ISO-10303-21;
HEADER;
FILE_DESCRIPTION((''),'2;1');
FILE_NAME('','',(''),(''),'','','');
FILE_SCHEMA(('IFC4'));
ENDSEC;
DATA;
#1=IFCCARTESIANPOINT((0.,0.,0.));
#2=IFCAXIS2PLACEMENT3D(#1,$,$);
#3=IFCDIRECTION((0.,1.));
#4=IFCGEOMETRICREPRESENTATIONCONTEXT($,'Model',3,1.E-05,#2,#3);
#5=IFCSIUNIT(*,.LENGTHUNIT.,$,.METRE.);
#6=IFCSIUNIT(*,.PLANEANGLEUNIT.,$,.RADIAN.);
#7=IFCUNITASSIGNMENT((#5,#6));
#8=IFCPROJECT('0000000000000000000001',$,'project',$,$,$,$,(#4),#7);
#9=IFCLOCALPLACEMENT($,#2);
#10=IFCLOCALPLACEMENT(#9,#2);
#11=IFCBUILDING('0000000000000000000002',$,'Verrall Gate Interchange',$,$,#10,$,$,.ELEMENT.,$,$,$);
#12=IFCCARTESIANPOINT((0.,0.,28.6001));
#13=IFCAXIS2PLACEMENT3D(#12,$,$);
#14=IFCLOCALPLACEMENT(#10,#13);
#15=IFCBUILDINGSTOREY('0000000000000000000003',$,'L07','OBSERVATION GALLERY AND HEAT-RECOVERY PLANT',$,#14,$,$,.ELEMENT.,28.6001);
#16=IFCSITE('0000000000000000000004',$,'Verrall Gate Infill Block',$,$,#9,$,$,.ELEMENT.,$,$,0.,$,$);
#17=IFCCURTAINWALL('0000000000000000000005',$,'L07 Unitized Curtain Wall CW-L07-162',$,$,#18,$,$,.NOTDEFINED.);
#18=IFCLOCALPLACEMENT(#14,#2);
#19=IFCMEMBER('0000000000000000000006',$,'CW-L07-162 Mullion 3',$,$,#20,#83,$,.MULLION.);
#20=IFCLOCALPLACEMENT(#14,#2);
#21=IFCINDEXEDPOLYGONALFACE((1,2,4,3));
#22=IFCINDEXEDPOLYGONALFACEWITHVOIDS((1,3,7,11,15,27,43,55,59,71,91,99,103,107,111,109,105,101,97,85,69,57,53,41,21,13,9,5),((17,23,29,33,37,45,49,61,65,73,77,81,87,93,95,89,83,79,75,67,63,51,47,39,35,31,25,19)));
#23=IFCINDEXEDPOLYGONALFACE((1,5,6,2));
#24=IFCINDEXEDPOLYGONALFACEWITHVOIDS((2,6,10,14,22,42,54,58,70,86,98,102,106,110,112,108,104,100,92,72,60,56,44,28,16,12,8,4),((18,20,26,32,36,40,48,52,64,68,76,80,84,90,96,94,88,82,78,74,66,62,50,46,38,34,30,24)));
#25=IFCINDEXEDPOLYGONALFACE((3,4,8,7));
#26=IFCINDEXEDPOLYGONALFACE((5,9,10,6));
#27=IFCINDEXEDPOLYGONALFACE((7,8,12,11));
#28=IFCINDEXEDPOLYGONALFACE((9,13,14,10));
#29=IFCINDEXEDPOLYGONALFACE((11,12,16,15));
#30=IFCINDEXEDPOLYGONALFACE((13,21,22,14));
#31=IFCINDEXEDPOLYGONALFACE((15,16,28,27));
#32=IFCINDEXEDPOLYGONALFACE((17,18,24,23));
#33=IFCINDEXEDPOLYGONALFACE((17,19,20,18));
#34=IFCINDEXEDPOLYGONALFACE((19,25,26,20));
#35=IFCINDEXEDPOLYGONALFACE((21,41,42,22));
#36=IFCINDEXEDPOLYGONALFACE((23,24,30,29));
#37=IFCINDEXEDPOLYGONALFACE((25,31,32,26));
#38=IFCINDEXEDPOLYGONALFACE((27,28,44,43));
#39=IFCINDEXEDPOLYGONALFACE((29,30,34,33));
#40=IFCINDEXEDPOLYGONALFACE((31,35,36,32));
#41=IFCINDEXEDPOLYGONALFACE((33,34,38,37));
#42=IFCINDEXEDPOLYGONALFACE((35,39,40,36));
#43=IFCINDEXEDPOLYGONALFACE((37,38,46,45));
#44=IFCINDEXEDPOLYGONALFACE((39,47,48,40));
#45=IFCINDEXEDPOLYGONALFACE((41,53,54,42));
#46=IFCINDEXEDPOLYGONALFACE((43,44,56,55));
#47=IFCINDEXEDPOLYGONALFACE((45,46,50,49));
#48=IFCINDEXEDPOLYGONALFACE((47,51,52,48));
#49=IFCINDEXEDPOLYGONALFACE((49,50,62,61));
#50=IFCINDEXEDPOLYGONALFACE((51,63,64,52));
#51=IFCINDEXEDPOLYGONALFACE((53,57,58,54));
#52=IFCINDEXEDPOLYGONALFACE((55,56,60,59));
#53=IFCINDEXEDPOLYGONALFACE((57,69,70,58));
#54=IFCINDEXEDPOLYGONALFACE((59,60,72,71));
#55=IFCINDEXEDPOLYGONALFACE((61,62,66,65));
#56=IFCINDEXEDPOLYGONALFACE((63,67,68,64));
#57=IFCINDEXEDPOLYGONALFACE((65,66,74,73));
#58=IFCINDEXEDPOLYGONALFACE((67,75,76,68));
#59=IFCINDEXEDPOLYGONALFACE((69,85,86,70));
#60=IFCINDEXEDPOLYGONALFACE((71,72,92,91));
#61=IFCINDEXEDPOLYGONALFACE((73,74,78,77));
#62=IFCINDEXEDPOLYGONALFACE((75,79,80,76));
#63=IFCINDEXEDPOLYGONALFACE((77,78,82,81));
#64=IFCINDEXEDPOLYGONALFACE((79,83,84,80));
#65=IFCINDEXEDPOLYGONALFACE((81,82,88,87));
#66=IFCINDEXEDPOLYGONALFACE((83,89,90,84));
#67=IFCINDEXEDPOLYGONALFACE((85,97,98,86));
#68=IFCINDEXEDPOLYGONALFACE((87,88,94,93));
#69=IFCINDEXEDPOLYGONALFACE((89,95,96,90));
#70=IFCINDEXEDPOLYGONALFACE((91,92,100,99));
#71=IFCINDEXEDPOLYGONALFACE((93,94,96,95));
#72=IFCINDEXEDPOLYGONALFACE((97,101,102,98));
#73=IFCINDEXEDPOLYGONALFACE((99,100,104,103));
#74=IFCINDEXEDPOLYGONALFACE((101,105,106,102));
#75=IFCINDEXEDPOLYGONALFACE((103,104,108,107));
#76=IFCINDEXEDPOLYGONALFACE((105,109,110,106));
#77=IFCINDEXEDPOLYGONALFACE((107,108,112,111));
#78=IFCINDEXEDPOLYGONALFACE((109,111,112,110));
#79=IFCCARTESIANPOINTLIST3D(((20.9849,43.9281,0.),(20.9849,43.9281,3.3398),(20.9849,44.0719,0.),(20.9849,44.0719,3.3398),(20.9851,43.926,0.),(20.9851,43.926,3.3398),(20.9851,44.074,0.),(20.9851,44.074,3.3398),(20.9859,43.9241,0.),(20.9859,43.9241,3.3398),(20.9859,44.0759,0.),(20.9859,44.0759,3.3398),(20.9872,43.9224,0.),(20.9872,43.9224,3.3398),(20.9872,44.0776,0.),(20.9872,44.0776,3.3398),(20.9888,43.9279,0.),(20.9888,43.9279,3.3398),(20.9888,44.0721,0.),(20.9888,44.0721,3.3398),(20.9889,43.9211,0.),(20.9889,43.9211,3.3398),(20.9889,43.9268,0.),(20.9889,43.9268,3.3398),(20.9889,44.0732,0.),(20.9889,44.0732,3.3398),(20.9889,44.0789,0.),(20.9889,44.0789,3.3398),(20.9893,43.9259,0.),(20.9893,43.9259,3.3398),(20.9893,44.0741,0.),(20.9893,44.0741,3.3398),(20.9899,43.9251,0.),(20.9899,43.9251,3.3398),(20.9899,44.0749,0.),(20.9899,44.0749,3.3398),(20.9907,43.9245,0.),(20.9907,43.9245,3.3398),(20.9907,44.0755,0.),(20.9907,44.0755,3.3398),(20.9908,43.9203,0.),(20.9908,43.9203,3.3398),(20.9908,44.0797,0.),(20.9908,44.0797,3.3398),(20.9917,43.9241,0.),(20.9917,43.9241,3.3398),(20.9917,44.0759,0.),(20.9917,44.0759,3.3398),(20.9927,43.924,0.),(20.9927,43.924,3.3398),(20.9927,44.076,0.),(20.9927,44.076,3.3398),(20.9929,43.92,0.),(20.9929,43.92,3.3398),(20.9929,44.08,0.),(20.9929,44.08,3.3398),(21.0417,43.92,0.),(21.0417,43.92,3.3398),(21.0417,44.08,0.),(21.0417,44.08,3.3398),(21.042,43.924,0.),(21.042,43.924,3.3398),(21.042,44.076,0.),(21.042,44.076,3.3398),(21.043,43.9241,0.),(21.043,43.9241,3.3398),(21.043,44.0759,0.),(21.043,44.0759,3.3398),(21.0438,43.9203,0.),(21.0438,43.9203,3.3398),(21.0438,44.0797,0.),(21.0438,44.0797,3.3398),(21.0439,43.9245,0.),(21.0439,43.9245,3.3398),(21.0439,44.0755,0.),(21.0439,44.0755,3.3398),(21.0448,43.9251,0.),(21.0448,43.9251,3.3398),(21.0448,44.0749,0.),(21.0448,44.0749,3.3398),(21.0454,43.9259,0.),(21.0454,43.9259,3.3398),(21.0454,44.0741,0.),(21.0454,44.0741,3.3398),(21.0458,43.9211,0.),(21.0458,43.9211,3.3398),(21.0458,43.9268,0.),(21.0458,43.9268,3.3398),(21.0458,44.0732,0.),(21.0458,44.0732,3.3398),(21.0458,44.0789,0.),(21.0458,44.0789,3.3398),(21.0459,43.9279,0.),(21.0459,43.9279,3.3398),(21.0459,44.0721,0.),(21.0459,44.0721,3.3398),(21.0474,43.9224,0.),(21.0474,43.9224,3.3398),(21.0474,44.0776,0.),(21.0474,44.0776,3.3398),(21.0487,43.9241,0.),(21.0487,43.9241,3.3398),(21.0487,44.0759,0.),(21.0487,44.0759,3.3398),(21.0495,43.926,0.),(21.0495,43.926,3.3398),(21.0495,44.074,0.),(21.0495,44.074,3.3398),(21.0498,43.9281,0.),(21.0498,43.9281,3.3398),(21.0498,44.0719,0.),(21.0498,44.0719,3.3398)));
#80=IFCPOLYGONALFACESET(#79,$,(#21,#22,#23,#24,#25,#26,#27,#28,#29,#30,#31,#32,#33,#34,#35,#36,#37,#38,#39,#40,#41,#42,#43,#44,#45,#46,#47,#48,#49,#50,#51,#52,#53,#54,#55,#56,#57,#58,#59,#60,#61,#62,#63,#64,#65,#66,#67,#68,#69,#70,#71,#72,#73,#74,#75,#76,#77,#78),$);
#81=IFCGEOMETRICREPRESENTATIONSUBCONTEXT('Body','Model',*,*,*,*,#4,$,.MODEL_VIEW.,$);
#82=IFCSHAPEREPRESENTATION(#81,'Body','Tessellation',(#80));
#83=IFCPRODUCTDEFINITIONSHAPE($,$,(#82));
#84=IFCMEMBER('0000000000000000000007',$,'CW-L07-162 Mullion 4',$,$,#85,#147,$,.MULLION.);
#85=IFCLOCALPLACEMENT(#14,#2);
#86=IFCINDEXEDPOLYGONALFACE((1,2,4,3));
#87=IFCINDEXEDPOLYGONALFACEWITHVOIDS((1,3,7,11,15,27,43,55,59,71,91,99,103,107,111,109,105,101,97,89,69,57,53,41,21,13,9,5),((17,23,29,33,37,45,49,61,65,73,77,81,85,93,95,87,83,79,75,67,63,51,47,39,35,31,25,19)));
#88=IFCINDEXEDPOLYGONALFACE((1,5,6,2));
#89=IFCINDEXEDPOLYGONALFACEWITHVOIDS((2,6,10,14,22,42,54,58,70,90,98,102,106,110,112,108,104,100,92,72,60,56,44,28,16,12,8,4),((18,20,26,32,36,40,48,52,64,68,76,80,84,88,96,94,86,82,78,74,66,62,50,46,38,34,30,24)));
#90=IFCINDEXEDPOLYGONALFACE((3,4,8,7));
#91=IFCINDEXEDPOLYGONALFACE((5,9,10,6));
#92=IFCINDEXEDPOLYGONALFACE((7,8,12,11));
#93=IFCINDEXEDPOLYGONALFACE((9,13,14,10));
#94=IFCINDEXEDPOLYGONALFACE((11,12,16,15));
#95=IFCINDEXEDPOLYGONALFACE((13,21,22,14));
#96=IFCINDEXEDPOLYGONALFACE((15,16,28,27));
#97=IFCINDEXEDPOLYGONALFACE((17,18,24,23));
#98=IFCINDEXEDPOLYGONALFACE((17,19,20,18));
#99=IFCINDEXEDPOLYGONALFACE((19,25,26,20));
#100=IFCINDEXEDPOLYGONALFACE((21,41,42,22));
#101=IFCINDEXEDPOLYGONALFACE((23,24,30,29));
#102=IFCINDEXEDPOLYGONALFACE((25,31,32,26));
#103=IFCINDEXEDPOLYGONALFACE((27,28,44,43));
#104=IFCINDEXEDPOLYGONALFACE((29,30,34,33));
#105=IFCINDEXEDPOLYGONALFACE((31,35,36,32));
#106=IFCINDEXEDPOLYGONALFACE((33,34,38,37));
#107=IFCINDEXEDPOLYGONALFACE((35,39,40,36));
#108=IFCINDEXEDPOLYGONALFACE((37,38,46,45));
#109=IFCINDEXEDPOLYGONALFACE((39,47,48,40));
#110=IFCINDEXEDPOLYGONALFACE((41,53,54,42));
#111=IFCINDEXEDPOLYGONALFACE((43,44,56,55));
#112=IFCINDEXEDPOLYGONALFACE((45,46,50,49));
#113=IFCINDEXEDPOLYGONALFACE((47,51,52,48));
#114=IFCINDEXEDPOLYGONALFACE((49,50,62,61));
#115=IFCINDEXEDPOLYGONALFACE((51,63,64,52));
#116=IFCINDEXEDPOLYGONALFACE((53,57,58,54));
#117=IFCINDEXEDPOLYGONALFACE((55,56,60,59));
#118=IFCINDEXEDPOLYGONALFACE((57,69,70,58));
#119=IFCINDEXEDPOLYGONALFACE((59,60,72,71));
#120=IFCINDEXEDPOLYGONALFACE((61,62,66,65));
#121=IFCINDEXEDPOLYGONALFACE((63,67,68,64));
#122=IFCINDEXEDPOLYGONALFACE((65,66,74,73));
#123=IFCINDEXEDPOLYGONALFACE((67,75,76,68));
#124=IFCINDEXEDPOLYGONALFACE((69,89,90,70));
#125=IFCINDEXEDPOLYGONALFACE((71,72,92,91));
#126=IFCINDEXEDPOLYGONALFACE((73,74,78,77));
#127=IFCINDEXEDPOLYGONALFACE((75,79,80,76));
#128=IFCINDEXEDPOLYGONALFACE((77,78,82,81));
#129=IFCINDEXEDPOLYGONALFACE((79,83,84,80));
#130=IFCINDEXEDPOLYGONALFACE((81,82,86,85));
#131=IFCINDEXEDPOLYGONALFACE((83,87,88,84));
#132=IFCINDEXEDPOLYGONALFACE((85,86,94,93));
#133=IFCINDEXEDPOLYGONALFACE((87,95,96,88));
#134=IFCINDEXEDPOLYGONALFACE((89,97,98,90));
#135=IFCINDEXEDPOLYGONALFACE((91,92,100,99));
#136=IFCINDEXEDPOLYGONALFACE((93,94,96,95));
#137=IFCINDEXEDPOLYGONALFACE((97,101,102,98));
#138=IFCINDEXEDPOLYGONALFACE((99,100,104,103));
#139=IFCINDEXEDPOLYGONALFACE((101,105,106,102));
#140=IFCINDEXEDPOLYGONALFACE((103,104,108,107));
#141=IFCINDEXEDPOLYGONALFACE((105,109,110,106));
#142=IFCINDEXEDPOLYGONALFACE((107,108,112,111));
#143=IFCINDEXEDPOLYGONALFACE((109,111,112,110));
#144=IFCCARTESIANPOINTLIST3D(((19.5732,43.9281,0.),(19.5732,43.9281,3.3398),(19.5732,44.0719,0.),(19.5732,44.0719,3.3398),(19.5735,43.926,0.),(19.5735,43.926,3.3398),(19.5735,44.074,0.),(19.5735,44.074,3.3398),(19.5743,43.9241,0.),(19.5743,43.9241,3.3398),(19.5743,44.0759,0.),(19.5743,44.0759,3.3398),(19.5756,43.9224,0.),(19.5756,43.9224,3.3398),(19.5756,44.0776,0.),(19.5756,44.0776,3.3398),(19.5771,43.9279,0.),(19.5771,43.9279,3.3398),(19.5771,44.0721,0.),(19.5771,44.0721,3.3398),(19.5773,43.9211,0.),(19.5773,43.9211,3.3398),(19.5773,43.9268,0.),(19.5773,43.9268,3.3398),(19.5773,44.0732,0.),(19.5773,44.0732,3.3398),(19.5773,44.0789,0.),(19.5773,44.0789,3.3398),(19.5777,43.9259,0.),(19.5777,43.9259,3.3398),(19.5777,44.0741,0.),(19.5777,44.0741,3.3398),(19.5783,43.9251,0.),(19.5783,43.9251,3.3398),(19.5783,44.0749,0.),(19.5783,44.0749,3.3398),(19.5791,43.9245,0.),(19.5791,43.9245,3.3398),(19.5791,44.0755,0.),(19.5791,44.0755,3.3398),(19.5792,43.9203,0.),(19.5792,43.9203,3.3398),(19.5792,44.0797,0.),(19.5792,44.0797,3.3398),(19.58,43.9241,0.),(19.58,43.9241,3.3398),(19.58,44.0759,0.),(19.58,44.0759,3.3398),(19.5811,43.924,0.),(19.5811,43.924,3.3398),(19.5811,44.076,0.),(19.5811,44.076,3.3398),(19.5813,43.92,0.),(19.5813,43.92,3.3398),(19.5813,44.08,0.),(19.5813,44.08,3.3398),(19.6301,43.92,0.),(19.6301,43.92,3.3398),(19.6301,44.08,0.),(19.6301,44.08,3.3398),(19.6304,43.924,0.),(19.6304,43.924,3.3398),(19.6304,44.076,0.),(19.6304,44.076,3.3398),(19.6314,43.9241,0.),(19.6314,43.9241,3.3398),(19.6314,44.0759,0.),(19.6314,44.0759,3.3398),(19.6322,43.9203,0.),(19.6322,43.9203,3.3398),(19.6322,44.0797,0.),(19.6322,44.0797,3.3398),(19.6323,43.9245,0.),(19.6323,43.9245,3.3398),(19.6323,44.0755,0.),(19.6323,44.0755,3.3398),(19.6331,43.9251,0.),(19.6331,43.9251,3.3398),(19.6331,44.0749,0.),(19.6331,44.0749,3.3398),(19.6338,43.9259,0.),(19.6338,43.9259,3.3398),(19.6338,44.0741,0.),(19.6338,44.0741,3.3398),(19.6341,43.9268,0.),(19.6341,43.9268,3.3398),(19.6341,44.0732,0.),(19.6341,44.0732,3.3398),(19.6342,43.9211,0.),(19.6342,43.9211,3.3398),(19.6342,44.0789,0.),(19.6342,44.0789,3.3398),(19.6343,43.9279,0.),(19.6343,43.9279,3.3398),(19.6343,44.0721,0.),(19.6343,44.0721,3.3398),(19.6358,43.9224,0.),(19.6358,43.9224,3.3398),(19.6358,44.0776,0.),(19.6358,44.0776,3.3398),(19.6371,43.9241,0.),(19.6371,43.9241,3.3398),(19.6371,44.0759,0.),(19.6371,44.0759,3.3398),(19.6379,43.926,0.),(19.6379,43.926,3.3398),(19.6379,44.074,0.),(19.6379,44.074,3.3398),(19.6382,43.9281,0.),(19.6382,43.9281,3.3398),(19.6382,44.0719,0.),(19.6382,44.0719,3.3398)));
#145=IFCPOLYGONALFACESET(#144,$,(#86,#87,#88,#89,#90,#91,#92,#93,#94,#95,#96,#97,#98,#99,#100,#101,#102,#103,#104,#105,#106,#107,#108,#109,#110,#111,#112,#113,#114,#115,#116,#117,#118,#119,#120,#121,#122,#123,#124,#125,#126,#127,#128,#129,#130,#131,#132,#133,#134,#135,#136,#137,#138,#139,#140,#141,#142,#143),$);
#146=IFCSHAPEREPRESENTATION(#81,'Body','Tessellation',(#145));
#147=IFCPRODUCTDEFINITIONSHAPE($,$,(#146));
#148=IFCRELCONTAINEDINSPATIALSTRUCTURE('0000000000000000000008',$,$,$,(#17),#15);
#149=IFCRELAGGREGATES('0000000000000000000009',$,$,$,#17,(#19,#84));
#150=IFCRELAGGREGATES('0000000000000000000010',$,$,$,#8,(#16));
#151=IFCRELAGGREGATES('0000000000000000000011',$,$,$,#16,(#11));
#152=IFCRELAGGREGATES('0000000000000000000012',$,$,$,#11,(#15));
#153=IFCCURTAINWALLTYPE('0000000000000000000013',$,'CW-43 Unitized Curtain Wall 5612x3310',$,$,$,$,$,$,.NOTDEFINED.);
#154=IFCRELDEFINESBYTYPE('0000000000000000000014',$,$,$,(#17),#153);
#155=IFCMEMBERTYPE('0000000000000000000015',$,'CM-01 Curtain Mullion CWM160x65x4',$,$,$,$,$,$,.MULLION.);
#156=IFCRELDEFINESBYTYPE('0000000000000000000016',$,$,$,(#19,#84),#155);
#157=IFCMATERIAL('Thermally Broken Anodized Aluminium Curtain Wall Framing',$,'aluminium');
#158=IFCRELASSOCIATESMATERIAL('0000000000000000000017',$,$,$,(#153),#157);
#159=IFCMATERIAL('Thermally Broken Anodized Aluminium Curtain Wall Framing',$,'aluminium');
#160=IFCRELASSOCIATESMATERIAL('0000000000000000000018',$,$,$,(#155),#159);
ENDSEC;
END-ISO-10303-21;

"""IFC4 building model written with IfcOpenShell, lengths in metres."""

from ifc_helpers import new_model, si_unit, direction, frame, origin, origin_2d, place, context, subcontext, project, spatial, hollow_rectangle, extrude, material, material_profile, profile_set, type_object, element, aggregate, save


model = new_model("IFC4")

# Units and contexts
model_context = context("Model", 3, precision=1e-05, world=origin(), true_north=direction((0.0, 1.0)))
body_context = subcontext(model_context, "Body", "Model", "MODEL_VIEW")
ifc_project = project(units=[si_unit("LENGTHUNIT", "METRE"), si_unit("PLANEANGLEUNIT", "RADIAN")], contexts=[model_context])

# Site, building, storey
site_placement = place(None, origin())
site = spatial("IfcSite", under=ifc_project, at=site_placement, Name="Verrall Gate Infill Block", CompositionType="ELEMENT", RefElevation=0.0)
building_placement = place(site_placement, origin())
building = spatial("IfcBuilding", under=site, at=building_placement, Name="Verrall Gate Interchange", CompositionType="ELEMENT")
storey_placement = place(building_placement, frame((0.0, 0.0, 28.6001)))
storey = spatial("IfcBuildingStorey", under=building, at=storey_placement, Name="L07", Description="OBSERVATION GALLERY AND HEAT-RECOVERY PLANT", CompositionType="ELEMENT", Elevation=28.6001)

# Curtain wall, members
ifc_material_1 = material(Name="Thermally Broken Anodized Aluminium Curtain Wall Framing", Category="aluminium")
curtain_wall_type = type_object("IfcCurtainWallType", Name="CW-43 Unitized Curtain Wall 5612x3310", PredefinedType="NOTDEFINED", material=ifc_material_1)
curtain_wall_placement = place(storey_placement, origin())
curtain_wall = element("IfcCurtainWall", 1, at=curtain_wall_placement, inside=storey, type_object=curtain_wall_type, Name="L07 Unitized Curtain Wall CW-L07-162", PredefinedType="NOTDEFINED")
ifc_material_2 = material(Name="Thermally Broken Anodized Aluminium Curtain Wall Framing", Category="aluminium")
ifc_material_profile_1 = material_profile(ifc_material_2, hollow_rectangle(XDim=0.0649, YDim=0.1599, WallThickness=0.0039, InnerFilletRadius=0.0039, OuterFilletRadius=0.0081, at=origin_2d()), Name="CWM160x65x4")
ifc_profile_set_1 = profile_set([ifc_material_profile_1], Name="Thermally Broken Anodized Aluminium Curtain Wall Framing")
member_type = type_object("IfcMemberType", Name="CM-01 Curtain Mullion CWM160x65x4", PredefinedType="MULLION", material=ifc_profile_set_1)
member_1_placement = place(storey_placement, frame((21.0173, 44.0, 0.0), z_axis=(0.0, 0.0, 1.0), x_axis=(-1.0, 0.0, 0.0)))
member_1 = element("IfcMember", 2, at=member_1_placement, type_object=member_type, Name="CW-L07-162 Mullion 3", PredefinedType="MULLION", context=body_context, shape_type="SweptSolid", body=[
    extrude(hollow_rectangle(XDim=0.0649, YDim=0.1599, WallThickness=0.0039, InnerFilletRadius=0.0039, OuterFilletRadius=0.0081, at=origin_2d()), origin(), (0.0, 0.0, 1.0), 3.3398),
])
member_2_placement = place(storey_placement, frame((19.6057, 44.0, 0.0), z_axis=(0.0, 0.0, 1.0), x_axis=(-1.0, 0.0, 0.0)))
member_2 = element("IfcMember", 3, at=member_2_placement, type_object=member_type, Name="CW-L07-162 Mullion 4", PredefinedType="MULLION", context=body_context, shape_type="SweptSolid", body=[
    extrude(hollow_rectangle(XDim=0.0649, YDim=0.1599, WallThickness=0.0039, InnerFilletRadius=0.0039, OuterFilletRadius=0.0081, at=origin_2d()), origin(), (0.0, 0.0, 1.0), 3.3398),
])

aggregate(curtain_wall, [member_1, member_2])

save(model, "model.ifc")
